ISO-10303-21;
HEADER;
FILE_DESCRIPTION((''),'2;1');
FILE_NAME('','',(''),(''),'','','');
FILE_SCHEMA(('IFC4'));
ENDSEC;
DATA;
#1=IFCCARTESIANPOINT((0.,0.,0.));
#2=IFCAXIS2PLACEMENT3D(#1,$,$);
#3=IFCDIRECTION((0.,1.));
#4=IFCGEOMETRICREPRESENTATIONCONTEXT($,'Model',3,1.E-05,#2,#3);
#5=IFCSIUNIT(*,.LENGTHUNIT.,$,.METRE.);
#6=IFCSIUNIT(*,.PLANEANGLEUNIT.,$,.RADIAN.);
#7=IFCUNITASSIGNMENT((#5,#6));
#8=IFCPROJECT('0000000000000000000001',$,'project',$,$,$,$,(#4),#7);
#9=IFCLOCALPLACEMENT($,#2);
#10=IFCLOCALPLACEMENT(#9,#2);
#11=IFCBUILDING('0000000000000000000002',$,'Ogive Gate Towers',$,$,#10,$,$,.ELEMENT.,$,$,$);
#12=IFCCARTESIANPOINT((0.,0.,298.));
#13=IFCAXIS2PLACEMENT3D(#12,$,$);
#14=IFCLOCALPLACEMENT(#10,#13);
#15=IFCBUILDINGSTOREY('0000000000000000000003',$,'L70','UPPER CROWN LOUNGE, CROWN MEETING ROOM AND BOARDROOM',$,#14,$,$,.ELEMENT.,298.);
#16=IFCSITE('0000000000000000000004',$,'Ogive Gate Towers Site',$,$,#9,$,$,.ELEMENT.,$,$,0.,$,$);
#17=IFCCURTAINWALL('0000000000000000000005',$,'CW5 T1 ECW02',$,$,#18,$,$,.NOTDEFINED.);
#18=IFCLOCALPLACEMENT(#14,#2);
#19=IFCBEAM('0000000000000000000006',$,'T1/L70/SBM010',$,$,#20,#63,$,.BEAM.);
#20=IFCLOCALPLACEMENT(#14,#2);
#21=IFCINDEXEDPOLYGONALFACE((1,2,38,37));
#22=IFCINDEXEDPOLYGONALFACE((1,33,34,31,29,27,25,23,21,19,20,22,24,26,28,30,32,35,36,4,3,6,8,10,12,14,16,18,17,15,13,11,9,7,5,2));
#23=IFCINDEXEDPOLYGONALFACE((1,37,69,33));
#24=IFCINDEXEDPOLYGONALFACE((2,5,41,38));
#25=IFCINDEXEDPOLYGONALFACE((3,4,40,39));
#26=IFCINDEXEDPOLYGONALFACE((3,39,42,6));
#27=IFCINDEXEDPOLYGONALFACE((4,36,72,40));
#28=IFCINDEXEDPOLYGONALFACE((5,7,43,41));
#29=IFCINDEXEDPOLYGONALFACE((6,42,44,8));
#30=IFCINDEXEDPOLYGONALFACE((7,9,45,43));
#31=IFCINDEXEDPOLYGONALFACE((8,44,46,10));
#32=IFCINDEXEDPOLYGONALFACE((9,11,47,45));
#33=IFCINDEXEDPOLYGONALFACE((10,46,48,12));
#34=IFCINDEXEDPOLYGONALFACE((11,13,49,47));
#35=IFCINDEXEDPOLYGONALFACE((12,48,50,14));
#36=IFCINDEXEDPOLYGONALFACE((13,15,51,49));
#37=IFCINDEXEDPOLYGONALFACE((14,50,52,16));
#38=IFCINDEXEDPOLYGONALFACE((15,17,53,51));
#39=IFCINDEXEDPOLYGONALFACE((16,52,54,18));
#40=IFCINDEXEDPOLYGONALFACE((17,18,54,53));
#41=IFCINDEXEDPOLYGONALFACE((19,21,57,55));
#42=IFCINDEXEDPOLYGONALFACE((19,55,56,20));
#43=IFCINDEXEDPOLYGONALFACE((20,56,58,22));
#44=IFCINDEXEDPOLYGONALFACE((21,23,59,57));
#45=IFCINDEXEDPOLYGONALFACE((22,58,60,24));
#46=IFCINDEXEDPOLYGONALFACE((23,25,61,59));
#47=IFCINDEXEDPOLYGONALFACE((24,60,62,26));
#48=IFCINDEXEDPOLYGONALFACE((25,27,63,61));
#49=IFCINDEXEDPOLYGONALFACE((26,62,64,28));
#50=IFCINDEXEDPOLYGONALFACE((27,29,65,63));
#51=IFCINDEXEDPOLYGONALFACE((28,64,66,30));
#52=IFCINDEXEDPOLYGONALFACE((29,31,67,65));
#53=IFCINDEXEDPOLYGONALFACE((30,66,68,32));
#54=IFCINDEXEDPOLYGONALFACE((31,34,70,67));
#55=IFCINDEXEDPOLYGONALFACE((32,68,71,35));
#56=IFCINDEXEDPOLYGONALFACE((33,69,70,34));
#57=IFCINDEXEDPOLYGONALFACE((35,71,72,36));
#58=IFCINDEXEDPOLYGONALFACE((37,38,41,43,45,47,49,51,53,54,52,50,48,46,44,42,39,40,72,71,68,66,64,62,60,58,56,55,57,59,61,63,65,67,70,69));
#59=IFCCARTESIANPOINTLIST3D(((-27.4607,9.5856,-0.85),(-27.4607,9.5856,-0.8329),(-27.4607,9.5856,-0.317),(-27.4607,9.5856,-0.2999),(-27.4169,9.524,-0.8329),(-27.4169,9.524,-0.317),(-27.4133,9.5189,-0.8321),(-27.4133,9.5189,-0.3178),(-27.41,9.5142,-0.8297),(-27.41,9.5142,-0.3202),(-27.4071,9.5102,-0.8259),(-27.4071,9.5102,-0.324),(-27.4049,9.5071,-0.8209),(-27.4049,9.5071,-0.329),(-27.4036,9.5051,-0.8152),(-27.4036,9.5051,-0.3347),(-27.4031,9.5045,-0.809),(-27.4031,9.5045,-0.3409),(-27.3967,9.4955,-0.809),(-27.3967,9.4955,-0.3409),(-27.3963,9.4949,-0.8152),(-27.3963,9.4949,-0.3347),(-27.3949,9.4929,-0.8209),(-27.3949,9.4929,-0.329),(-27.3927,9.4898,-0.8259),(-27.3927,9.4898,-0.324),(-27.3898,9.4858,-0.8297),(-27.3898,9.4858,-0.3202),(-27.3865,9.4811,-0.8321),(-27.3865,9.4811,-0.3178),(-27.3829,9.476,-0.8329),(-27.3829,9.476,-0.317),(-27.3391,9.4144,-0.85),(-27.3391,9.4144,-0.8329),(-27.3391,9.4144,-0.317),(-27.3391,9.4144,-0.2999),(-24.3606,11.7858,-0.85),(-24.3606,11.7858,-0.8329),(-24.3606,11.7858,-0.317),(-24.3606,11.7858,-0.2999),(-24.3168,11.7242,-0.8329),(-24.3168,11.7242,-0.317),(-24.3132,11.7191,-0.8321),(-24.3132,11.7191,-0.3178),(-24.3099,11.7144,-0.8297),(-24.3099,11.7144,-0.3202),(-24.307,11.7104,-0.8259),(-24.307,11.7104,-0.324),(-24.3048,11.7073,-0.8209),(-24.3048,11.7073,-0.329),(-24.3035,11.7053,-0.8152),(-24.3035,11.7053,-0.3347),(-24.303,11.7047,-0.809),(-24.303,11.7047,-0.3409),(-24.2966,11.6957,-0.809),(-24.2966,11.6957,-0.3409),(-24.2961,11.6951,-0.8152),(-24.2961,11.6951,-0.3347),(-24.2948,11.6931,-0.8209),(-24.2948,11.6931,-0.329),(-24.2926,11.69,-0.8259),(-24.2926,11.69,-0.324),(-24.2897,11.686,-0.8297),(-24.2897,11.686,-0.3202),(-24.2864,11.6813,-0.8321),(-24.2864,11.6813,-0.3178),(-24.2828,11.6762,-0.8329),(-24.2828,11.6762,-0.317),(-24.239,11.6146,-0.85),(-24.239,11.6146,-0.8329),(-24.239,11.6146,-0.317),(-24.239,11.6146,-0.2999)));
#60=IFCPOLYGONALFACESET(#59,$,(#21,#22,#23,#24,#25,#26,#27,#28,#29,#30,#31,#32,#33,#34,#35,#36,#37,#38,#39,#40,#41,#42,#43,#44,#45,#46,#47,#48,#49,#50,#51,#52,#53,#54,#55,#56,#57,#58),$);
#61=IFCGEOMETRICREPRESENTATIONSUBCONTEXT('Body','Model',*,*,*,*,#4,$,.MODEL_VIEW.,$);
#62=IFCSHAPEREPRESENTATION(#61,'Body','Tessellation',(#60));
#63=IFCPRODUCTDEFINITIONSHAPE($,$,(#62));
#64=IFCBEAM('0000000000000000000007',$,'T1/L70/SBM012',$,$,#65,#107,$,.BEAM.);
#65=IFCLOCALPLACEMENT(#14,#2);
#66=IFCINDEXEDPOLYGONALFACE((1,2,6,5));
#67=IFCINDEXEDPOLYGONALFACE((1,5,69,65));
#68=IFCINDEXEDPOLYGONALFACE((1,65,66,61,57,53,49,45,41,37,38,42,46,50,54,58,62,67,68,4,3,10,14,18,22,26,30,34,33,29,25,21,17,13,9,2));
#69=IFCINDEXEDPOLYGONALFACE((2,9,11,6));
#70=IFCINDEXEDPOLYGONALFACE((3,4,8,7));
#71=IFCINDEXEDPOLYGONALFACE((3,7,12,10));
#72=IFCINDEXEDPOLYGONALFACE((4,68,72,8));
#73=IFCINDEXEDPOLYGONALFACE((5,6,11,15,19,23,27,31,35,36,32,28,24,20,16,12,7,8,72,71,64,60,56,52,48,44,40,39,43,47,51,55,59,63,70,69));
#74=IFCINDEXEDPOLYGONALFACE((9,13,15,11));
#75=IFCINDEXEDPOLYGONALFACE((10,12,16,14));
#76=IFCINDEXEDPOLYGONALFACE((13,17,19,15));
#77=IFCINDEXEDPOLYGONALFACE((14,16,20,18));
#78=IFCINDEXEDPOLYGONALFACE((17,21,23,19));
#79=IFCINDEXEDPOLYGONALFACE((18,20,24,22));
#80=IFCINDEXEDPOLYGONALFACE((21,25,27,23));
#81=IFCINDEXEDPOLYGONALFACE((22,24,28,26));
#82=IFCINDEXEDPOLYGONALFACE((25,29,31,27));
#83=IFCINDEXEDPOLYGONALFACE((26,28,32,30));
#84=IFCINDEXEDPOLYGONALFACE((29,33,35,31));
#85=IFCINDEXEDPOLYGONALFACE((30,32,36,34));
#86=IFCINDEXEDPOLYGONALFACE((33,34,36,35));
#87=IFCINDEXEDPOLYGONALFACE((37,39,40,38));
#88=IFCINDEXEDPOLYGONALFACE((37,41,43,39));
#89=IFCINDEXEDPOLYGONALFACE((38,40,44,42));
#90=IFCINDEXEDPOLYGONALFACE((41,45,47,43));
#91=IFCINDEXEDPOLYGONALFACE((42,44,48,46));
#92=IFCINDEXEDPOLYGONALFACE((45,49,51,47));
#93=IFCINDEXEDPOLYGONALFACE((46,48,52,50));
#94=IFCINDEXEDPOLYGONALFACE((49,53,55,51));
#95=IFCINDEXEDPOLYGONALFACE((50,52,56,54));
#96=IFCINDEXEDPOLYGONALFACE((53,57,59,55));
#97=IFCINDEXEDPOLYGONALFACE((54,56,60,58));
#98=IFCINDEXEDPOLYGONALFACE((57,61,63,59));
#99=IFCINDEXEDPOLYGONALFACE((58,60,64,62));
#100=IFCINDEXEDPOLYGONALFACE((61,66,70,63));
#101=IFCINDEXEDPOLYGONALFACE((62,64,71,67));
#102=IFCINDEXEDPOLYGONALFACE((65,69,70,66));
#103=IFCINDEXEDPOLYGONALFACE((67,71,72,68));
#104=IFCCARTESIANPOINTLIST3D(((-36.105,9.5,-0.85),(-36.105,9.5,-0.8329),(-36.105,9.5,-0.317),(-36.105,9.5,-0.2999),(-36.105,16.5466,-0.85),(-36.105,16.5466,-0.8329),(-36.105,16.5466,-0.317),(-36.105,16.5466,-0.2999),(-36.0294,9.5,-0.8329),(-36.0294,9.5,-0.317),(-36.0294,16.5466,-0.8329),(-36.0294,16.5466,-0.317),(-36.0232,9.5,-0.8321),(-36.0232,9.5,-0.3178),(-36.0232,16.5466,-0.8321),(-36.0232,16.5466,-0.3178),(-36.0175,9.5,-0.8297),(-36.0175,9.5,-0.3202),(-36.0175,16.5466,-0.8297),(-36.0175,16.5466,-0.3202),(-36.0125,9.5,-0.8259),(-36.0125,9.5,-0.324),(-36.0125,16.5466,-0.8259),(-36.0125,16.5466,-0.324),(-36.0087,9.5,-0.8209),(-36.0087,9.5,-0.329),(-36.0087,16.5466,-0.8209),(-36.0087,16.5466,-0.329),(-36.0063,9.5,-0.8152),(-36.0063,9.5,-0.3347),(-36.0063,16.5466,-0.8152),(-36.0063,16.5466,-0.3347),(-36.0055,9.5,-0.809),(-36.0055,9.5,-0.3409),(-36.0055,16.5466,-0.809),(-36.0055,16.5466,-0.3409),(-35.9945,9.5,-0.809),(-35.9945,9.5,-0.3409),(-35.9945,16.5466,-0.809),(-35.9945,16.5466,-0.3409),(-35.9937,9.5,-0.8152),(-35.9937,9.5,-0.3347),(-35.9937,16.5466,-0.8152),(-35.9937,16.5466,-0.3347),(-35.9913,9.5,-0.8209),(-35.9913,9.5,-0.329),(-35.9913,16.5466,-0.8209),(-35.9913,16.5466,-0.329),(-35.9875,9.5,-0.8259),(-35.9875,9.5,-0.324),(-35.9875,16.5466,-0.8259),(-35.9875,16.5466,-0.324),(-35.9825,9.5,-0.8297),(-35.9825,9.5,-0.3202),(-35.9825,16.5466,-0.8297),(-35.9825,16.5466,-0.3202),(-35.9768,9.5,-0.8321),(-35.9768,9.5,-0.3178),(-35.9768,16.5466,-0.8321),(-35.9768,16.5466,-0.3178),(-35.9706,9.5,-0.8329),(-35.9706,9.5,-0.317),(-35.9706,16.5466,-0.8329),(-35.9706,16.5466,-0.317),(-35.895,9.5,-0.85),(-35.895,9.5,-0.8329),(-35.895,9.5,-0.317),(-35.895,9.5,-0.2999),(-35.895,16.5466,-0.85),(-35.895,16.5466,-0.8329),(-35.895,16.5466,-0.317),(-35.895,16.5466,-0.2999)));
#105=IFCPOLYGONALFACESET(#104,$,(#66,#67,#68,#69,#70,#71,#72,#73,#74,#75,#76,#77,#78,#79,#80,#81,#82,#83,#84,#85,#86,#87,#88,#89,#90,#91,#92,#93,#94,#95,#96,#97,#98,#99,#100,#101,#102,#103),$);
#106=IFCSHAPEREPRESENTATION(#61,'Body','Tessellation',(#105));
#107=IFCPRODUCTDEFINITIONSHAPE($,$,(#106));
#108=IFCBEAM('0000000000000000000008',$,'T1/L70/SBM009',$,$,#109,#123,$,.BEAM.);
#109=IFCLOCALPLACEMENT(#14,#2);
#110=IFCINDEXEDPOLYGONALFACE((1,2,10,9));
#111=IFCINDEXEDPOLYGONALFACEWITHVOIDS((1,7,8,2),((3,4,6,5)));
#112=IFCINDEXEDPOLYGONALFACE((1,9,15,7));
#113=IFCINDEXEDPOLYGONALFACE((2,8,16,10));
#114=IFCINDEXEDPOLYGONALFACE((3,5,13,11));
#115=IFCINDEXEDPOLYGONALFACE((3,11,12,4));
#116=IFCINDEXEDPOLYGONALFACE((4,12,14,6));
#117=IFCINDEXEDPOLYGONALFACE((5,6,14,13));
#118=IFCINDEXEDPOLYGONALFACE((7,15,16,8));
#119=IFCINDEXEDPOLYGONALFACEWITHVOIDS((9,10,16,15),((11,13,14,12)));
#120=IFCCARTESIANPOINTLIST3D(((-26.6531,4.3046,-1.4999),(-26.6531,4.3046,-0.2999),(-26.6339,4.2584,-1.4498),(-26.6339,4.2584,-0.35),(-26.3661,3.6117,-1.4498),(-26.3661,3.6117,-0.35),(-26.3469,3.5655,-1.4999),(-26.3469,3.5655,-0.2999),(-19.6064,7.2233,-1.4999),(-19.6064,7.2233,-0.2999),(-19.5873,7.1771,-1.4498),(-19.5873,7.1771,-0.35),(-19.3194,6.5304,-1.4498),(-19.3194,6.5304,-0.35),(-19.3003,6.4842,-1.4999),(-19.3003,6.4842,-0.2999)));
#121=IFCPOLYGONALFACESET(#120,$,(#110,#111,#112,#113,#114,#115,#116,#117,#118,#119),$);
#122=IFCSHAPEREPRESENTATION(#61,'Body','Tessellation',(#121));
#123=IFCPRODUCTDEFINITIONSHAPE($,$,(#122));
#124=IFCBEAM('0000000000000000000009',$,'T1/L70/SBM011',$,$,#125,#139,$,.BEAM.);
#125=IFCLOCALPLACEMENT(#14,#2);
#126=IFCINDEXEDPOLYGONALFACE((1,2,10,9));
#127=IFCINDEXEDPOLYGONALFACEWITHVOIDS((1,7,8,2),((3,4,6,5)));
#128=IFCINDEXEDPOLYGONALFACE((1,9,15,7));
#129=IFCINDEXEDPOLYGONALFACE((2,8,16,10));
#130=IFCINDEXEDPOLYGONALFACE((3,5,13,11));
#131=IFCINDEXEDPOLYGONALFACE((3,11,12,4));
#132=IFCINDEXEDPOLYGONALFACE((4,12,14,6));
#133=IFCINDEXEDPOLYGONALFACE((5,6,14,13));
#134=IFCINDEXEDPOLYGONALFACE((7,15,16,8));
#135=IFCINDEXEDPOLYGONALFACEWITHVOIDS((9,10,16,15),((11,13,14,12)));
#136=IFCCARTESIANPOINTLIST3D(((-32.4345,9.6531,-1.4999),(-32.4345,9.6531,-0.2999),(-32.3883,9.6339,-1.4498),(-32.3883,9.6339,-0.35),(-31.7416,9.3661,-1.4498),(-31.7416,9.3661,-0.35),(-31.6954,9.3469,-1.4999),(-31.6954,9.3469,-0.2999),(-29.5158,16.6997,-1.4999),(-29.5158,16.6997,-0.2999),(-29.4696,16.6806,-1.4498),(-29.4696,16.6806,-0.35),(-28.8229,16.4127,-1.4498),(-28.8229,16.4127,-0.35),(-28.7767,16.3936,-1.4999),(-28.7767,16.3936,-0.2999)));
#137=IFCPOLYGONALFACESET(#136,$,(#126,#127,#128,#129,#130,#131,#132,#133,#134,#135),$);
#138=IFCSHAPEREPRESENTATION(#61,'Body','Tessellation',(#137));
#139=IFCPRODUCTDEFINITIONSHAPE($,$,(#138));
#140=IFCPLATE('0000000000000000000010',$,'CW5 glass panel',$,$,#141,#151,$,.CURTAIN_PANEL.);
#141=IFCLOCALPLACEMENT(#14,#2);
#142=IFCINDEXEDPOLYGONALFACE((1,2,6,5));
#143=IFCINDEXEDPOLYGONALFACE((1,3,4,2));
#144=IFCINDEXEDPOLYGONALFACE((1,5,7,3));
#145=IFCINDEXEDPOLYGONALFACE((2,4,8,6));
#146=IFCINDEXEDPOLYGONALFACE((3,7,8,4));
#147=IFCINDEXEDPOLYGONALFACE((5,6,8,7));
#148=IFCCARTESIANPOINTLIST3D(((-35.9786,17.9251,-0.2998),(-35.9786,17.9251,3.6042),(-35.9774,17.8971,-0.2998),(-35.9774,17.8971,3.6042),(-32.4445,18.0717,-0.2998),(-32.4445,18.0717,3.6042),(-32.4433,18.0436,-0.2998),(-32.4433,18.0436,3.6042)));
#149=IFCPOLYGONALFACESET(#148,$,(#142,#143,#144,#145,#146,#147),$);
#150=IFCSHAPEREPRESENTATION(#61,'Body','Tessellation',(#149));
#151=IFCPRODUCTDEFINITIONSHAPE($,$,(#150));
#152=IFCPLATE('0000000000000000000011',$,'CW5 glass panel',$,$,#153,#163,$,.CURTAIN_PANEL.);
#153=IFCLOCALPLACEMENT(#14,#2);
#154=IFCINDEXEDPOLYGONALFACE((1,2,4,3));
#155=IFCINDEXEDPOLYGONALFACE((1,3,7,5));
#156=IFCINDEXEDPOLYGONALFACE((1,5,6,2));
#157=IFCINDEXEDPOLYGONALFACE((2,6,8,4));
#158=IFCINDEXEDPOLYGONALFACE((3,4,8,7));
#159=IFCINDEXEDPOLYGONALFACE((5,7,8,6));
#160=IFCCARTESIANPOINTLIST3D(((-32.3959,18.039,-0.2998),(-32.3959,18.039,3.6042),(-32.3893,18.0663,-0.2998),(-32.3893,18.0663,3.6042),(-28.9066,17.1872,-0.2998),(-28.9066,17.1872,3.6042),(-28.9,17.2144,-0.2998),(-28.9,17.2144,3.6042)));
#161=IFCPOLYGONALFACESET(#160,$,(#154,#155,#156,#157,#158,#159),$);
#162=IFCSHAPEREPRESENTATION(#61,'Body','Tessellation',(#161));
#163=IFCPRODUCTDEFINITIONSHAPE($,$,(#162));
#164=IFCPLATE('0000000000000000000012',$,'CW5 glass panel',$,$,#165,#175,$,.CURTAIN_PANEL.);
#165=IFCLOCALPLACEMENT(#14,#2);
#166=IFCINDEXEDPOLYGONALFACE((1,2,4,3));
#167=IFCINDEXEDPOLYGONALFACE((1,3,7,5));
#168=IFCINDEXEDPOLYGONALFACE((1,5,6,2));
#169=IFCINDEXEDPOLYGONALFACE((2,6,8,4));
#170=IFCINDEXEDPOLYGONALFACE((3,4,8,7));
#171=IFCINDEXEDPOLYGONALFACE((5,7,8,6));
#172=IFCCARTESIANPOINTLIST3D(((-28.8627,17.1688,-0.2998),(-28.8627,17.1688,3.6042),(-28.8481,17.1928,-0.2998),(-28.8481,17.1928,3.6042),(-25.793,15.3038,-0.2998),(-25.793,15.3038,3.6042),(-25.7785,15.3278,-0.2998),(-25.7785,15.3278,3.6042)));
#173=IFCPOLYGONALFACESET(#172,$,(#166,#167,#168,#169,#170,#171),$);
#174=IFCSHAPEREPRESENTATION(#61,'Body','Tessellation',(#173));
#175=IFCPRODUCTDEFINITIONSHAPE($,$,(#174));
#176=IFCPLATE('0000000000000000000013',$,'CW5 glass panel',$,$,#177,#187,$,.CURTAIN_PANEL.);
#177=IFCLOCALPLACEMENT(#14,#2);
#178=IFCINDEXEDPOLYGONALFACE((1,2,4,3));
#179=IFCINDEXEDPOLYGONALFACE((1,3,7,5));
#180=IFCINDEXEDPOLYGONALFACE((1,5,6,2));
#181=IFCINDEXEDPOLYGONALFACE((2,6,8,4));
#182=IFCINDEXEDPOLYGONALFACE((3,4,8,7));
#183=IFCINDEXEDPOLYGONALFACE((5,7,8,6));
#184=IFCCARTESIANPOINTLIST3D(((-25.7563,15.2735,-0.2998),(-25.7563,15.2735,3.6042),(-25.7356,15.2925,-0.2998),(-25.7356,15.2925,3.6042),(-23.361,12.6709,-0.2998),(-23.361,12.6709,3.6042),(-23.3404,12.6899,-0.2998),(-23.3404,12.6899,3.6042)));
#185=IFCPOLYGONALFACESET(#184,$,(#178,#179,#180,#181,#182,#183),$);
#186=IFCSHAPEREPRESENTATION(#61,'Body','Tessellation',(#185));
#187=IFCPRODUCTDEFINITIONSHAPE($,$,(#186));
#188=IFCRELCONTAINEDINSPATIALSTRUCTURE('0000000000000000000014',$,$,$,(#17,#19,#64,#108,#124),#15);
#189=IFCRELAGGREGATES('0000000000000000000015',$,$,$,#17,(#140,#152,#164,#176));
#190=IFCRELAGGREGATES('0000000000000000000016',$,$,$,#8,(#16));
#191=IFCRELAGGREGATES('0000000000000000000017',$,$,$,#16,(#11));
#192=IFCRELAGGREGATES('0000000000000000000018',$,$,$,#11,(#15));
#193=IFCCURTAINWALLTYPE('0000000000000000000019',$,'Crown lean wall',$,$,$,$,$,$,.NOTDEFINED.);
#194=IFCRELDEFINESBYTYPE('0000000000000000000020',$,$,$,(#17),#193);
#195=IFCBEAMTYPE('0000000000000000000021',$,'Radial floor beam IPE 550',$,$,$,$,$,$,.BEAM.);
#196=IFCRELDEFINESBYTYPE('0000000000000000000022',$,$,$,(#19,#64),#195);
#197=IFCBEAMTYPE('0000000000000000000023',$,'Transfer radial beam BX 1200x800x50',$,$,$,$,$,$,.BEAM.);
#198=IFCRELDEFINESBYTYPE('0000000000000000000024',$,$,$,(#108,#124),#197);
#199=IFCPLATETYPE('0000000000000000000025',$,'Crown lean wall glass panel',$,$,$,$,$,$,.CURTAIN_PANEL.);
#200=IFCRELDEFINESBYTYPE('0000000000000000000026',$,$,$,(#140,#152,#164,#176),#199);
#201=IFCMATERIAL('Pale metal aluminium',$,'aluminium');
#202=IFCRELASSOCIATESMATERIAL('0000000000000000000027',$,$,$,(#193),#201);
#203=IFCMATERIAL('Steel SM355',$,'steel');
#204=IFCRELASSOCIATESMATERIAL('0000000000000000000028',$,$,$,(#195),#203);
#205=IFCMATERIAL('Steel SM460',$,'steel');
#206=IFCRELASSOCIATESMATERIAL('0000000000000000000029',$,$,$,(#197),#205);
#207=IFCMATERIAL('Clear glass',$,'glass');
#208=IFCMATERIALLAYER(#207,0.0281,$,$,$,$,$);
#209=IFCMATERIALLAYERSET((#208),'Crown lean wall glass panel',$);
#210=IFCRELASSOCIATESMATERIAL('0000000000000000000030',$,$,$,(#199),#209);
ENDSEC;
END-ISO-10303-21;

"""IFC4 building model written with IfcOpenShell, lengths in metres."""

from ifc_helpers import new_model, si_unit, direction, frame, origin, origin_2d, place, context, subcontext, project, spatial, rectangle, hollow_rectangle, i_section, extrude, material, layer, layer_set, material_profile, profile_set, type_object, element, aggregate, save


model = new_model("IFC4")

# Units and contexts
model_context = context("Model", 3, precision=1e-05, world=origin(), true_north=direction((0.0, 1.0)))
body_context = subcontext(model_context, "Body", "Model", "MODEL_VIEW")
ifc_project = project(units=[si_unit("LENGTHUNIT", "METRE"), si_unit("PLANEANGLEUNIT", "RADIAN")], contexts=[model_context])

# Site, building, storey
site_placement = place(None, origin())
site = spatial("IfcSite", under=ifc_project, at=site_placement, Name="Ogive Gate Towers Site", CompositionType="ELEMENT", RefElevation=0.0)
building_placement = place(site_placement, origin())
building = spatial("IfcBuilding", under=site, at=building_placement, Name="Ogive Gate Towers", CompositionType="ELEMENT")
storey_placement = place(building_placement, frame((0.0, 0.0, 298.0)))
storey = spatial("IfcBuildingStorey", under=building, at=storey_placement, Name="L70", Description="UPPER CROWN LOUNGE, CROWN MEETING ROOM AND BOARDROOM", CompositionType="ELEMENT", Elevation=298.0)

# Shared definitions
ifc_material_1 = material(Name="Steel SM460", Category="steel")

# Curtain wall
ifc_material_2 = material(Name="Pale metal aluminium", Category="aluminium")
curtain_wall_type = type_object("IfcCurtainWallType", Name="Crown lean wall", PredefinedType="NOTDEFINED", material=ifc_material_2)
curtain_wall_placement = place(storey_placement, origin())
curtain_wall = element("IfcCurtainWall", 1, at=curtain_wall_placement, inside=storey, type_object=curtain_wall_type, Name="CW5 T1 ECW02", PredefinedType="NOTDEFINED")

# Beams
ifc_material_3 = material(Name="Steel SM355", Category="steel")
ifc_material_profile_1 = material_profile(ifc_material_3, i_section(OverallWidth=0.21, OverallDepth=0.55, WebThickness=0.011, FlangeThickness=0.0171, FilletRadius=0.0239, at=origin_2d()), Name="IPE 550")
ifc_profile_set_1 = profile_set([ifc_material_profile_1], Name="Steel SM355")
beam_type_1 = type_object("IfcBeamType", Name="Radial floor beam IPE 550", PredefinedType="BEAM", material=ifc_profile_set_1)
beam_1_placement = place(storey_placement, frame((-27.3999, 9.5, -0.575), z_axis=(0.815492, 0.578769, 0.0), x_axis=(-0.578769, 0.815492, 0.0)))
element("IfcBeam", 2, at=beam_1_placement, inside=storey, type_object=beam_type_1, Name="T1/L70/SBM010", PredefinedType="BEAM", context=body_context, shape_type="SweptSolid", body=[
    extrude(i_section(OverallWidth=0.21, OverallDepth=0.55, WebThickness=0.011, FlangeThickness=0.0171, FilletRadius=0.0239, at=origin_2d()), origin(), (0.0, 0.0, 1.0), 3.8015),
])
beam_2_placement = place(storey_placement, frame((-36.0, 9.5, -0.575), z_axis=(0.0, 1.0, 0.0), x_axis=(-1.0, 0.0, 0.0)))
element("IfcBeam", 3, at=beam_2_placement, inside=storey, type_object=beam_type_1, Name="T1/L70/SBM012", PredefinedType="BEAM", context=body_context, shape_type="SweptSolid", body=[
    extrude(i_section(OverallWidth=0.21, OverallDepth=0.55, WebThickness=0.011, FlangeThickness=0.0171, FilletRadius=0.0239, at=origin_2d()), origin(), (0.0, 0.0, 1.0), 7.0466),
])
ifc_material_profile_2 = material_profile(ifc_material_1, hollow_rectangle(XDim=0.8, YDim=1.2, WallThickness=0.05, at=origin_2d()), Name="BX 1200x800x50")
ifc_profile_set_2 = profile_set([ifc_material_profile_2], Name="Steel SM460")
beam_type_2 = type_object("IfcBeamType", Name="Transfer radial beam BX 1200x800x50", PredefinedType="BEAM", material=ifc_profile_set_2)
for number, where, z_axis, x_axis, name in (
    (4, (-26.5, 3.9351, -0.8999), (0.923885, 0.382671, 0.0), (-0.382671, 0.923885, 0.0), "T1/L70/SBM009"),
    (5, (-32.0649, 9.5, -0.8999), (0.382671, 0.923885, 0.0), (-0.923885, 0.382671, 0.0), "T1/L70/SBM011"),
):
    element("IfcBeam", number, at=place(storey_placement, frame(where, z_axis=z_axis, x_axis=x_axis)), inside=storey, type_object=beam_type_2, Name=name, PredefinedType="BEAM", context=body_context, shape_type="SweptSolid", body=[
        extrude(hollow_rectangle(XDim=0.8, YDim=1.2, WallThickness=0.05, at=origin_2d()), origin(), (0.0, 0.0, 1.0), 7.6272),
    ])

# Plates
ifc_material_4 = material(Name="Clear glass", Category="glass")
ifc_layer_1 = layer(ifc_material_4, 0.0281)
ifc_layer_set_1 = layer_set([ifc_layer_1], Name="Crown lean wall glass panel")
plate_type = type_object("IfcPlateType", Name="Crown lean wall glass panel", PredefinedType="CURTAIN_PANEL", material=ifc_layer_set_1)
plate_1_placement = place(storey_placement, frame((-34.2109, 17.9844, -0.2998), z_axis=(0.0, 0.0, 1.0), x_axis=(0.999141, 0.04144, 0.0)))
plate_1 = element("IfcPlate", 6, at=plate_1_placement, type_object=plate_type, Name="CW5 glass panel", PredefinedType="CURTAIN_PANEL", context=body_context, shape_type="SweptSolid", body=[
    extrude(rectangle(XDim=3.5371, YDim=0.0281, at=origin_2d()), origin(), (0.0, 0.0, 1.0), 3.9041),
])
plate_2_placement = place(storey_placement, frame((-30.6479, 17.6267, -0.2998), z_axis=(0.0, 0.0, 1.0), x_axis=(0.971471, -0.23716, 0.0)))
plate_2 = element("IfcPlate", 7, at=plate_2_placement, type_object=plate_type, Name="CW5 glass panel", PredefinedType="CURTAIN_PANEL", context=body_context, shape_type="SweptSolid", body=[
    extrude(rectangle(XDim=3.5918, YDim=0.0281, at=origin_2d()), origin(), (0.0, 0.0, 1.0), 3.9041),
])
plate_3_placement = place(storey_placement, frame((-27.3206, 16.2483, -0.2998), z_axis=(0.0, 0.0, 1.0), x_axis=(0.854622, -0.519251, 0.0)))
plate_3 = element("IfcPlate", 8, at=plate_3_placement, type_object=plate_type, Name="CW5 glass panel", PredefinedType="CURTAIN_PANEL", context=body_context, shape_type="SweptSolid", body=[
    extrude(rectangle(XDim=3.5918, YDim=0.0281, at=origin_2d()), origin(), (0.0, 0.0, 1.0), 3.9041),
])
plate_4_placement = place(storey_placement, frame((-24.5483, 13.9817, -0.2998), z_axis=(0.0, 0.0, 1.0), x_axis=(0.677184, -0.735813, 0.0)))
plate_4 = element("IfcPlate", 9, at=plate_4_placement, type_object=plate_type, Name="CW5 glass panel", PredefinedType="CURTAIN_PANEL", context=body_context, shape_type="SweptSolid", body=[
    extrude(rectangle(XDim=3.5371, YDim=0.0281, at=origin_2d()), origin(), (0.0, 0.0, 1.0), 3.9041),
])
aggregate(curtain_wall, [plate_1, plate_2, plate_3, plate_4])

save(model, "model.ifc")
